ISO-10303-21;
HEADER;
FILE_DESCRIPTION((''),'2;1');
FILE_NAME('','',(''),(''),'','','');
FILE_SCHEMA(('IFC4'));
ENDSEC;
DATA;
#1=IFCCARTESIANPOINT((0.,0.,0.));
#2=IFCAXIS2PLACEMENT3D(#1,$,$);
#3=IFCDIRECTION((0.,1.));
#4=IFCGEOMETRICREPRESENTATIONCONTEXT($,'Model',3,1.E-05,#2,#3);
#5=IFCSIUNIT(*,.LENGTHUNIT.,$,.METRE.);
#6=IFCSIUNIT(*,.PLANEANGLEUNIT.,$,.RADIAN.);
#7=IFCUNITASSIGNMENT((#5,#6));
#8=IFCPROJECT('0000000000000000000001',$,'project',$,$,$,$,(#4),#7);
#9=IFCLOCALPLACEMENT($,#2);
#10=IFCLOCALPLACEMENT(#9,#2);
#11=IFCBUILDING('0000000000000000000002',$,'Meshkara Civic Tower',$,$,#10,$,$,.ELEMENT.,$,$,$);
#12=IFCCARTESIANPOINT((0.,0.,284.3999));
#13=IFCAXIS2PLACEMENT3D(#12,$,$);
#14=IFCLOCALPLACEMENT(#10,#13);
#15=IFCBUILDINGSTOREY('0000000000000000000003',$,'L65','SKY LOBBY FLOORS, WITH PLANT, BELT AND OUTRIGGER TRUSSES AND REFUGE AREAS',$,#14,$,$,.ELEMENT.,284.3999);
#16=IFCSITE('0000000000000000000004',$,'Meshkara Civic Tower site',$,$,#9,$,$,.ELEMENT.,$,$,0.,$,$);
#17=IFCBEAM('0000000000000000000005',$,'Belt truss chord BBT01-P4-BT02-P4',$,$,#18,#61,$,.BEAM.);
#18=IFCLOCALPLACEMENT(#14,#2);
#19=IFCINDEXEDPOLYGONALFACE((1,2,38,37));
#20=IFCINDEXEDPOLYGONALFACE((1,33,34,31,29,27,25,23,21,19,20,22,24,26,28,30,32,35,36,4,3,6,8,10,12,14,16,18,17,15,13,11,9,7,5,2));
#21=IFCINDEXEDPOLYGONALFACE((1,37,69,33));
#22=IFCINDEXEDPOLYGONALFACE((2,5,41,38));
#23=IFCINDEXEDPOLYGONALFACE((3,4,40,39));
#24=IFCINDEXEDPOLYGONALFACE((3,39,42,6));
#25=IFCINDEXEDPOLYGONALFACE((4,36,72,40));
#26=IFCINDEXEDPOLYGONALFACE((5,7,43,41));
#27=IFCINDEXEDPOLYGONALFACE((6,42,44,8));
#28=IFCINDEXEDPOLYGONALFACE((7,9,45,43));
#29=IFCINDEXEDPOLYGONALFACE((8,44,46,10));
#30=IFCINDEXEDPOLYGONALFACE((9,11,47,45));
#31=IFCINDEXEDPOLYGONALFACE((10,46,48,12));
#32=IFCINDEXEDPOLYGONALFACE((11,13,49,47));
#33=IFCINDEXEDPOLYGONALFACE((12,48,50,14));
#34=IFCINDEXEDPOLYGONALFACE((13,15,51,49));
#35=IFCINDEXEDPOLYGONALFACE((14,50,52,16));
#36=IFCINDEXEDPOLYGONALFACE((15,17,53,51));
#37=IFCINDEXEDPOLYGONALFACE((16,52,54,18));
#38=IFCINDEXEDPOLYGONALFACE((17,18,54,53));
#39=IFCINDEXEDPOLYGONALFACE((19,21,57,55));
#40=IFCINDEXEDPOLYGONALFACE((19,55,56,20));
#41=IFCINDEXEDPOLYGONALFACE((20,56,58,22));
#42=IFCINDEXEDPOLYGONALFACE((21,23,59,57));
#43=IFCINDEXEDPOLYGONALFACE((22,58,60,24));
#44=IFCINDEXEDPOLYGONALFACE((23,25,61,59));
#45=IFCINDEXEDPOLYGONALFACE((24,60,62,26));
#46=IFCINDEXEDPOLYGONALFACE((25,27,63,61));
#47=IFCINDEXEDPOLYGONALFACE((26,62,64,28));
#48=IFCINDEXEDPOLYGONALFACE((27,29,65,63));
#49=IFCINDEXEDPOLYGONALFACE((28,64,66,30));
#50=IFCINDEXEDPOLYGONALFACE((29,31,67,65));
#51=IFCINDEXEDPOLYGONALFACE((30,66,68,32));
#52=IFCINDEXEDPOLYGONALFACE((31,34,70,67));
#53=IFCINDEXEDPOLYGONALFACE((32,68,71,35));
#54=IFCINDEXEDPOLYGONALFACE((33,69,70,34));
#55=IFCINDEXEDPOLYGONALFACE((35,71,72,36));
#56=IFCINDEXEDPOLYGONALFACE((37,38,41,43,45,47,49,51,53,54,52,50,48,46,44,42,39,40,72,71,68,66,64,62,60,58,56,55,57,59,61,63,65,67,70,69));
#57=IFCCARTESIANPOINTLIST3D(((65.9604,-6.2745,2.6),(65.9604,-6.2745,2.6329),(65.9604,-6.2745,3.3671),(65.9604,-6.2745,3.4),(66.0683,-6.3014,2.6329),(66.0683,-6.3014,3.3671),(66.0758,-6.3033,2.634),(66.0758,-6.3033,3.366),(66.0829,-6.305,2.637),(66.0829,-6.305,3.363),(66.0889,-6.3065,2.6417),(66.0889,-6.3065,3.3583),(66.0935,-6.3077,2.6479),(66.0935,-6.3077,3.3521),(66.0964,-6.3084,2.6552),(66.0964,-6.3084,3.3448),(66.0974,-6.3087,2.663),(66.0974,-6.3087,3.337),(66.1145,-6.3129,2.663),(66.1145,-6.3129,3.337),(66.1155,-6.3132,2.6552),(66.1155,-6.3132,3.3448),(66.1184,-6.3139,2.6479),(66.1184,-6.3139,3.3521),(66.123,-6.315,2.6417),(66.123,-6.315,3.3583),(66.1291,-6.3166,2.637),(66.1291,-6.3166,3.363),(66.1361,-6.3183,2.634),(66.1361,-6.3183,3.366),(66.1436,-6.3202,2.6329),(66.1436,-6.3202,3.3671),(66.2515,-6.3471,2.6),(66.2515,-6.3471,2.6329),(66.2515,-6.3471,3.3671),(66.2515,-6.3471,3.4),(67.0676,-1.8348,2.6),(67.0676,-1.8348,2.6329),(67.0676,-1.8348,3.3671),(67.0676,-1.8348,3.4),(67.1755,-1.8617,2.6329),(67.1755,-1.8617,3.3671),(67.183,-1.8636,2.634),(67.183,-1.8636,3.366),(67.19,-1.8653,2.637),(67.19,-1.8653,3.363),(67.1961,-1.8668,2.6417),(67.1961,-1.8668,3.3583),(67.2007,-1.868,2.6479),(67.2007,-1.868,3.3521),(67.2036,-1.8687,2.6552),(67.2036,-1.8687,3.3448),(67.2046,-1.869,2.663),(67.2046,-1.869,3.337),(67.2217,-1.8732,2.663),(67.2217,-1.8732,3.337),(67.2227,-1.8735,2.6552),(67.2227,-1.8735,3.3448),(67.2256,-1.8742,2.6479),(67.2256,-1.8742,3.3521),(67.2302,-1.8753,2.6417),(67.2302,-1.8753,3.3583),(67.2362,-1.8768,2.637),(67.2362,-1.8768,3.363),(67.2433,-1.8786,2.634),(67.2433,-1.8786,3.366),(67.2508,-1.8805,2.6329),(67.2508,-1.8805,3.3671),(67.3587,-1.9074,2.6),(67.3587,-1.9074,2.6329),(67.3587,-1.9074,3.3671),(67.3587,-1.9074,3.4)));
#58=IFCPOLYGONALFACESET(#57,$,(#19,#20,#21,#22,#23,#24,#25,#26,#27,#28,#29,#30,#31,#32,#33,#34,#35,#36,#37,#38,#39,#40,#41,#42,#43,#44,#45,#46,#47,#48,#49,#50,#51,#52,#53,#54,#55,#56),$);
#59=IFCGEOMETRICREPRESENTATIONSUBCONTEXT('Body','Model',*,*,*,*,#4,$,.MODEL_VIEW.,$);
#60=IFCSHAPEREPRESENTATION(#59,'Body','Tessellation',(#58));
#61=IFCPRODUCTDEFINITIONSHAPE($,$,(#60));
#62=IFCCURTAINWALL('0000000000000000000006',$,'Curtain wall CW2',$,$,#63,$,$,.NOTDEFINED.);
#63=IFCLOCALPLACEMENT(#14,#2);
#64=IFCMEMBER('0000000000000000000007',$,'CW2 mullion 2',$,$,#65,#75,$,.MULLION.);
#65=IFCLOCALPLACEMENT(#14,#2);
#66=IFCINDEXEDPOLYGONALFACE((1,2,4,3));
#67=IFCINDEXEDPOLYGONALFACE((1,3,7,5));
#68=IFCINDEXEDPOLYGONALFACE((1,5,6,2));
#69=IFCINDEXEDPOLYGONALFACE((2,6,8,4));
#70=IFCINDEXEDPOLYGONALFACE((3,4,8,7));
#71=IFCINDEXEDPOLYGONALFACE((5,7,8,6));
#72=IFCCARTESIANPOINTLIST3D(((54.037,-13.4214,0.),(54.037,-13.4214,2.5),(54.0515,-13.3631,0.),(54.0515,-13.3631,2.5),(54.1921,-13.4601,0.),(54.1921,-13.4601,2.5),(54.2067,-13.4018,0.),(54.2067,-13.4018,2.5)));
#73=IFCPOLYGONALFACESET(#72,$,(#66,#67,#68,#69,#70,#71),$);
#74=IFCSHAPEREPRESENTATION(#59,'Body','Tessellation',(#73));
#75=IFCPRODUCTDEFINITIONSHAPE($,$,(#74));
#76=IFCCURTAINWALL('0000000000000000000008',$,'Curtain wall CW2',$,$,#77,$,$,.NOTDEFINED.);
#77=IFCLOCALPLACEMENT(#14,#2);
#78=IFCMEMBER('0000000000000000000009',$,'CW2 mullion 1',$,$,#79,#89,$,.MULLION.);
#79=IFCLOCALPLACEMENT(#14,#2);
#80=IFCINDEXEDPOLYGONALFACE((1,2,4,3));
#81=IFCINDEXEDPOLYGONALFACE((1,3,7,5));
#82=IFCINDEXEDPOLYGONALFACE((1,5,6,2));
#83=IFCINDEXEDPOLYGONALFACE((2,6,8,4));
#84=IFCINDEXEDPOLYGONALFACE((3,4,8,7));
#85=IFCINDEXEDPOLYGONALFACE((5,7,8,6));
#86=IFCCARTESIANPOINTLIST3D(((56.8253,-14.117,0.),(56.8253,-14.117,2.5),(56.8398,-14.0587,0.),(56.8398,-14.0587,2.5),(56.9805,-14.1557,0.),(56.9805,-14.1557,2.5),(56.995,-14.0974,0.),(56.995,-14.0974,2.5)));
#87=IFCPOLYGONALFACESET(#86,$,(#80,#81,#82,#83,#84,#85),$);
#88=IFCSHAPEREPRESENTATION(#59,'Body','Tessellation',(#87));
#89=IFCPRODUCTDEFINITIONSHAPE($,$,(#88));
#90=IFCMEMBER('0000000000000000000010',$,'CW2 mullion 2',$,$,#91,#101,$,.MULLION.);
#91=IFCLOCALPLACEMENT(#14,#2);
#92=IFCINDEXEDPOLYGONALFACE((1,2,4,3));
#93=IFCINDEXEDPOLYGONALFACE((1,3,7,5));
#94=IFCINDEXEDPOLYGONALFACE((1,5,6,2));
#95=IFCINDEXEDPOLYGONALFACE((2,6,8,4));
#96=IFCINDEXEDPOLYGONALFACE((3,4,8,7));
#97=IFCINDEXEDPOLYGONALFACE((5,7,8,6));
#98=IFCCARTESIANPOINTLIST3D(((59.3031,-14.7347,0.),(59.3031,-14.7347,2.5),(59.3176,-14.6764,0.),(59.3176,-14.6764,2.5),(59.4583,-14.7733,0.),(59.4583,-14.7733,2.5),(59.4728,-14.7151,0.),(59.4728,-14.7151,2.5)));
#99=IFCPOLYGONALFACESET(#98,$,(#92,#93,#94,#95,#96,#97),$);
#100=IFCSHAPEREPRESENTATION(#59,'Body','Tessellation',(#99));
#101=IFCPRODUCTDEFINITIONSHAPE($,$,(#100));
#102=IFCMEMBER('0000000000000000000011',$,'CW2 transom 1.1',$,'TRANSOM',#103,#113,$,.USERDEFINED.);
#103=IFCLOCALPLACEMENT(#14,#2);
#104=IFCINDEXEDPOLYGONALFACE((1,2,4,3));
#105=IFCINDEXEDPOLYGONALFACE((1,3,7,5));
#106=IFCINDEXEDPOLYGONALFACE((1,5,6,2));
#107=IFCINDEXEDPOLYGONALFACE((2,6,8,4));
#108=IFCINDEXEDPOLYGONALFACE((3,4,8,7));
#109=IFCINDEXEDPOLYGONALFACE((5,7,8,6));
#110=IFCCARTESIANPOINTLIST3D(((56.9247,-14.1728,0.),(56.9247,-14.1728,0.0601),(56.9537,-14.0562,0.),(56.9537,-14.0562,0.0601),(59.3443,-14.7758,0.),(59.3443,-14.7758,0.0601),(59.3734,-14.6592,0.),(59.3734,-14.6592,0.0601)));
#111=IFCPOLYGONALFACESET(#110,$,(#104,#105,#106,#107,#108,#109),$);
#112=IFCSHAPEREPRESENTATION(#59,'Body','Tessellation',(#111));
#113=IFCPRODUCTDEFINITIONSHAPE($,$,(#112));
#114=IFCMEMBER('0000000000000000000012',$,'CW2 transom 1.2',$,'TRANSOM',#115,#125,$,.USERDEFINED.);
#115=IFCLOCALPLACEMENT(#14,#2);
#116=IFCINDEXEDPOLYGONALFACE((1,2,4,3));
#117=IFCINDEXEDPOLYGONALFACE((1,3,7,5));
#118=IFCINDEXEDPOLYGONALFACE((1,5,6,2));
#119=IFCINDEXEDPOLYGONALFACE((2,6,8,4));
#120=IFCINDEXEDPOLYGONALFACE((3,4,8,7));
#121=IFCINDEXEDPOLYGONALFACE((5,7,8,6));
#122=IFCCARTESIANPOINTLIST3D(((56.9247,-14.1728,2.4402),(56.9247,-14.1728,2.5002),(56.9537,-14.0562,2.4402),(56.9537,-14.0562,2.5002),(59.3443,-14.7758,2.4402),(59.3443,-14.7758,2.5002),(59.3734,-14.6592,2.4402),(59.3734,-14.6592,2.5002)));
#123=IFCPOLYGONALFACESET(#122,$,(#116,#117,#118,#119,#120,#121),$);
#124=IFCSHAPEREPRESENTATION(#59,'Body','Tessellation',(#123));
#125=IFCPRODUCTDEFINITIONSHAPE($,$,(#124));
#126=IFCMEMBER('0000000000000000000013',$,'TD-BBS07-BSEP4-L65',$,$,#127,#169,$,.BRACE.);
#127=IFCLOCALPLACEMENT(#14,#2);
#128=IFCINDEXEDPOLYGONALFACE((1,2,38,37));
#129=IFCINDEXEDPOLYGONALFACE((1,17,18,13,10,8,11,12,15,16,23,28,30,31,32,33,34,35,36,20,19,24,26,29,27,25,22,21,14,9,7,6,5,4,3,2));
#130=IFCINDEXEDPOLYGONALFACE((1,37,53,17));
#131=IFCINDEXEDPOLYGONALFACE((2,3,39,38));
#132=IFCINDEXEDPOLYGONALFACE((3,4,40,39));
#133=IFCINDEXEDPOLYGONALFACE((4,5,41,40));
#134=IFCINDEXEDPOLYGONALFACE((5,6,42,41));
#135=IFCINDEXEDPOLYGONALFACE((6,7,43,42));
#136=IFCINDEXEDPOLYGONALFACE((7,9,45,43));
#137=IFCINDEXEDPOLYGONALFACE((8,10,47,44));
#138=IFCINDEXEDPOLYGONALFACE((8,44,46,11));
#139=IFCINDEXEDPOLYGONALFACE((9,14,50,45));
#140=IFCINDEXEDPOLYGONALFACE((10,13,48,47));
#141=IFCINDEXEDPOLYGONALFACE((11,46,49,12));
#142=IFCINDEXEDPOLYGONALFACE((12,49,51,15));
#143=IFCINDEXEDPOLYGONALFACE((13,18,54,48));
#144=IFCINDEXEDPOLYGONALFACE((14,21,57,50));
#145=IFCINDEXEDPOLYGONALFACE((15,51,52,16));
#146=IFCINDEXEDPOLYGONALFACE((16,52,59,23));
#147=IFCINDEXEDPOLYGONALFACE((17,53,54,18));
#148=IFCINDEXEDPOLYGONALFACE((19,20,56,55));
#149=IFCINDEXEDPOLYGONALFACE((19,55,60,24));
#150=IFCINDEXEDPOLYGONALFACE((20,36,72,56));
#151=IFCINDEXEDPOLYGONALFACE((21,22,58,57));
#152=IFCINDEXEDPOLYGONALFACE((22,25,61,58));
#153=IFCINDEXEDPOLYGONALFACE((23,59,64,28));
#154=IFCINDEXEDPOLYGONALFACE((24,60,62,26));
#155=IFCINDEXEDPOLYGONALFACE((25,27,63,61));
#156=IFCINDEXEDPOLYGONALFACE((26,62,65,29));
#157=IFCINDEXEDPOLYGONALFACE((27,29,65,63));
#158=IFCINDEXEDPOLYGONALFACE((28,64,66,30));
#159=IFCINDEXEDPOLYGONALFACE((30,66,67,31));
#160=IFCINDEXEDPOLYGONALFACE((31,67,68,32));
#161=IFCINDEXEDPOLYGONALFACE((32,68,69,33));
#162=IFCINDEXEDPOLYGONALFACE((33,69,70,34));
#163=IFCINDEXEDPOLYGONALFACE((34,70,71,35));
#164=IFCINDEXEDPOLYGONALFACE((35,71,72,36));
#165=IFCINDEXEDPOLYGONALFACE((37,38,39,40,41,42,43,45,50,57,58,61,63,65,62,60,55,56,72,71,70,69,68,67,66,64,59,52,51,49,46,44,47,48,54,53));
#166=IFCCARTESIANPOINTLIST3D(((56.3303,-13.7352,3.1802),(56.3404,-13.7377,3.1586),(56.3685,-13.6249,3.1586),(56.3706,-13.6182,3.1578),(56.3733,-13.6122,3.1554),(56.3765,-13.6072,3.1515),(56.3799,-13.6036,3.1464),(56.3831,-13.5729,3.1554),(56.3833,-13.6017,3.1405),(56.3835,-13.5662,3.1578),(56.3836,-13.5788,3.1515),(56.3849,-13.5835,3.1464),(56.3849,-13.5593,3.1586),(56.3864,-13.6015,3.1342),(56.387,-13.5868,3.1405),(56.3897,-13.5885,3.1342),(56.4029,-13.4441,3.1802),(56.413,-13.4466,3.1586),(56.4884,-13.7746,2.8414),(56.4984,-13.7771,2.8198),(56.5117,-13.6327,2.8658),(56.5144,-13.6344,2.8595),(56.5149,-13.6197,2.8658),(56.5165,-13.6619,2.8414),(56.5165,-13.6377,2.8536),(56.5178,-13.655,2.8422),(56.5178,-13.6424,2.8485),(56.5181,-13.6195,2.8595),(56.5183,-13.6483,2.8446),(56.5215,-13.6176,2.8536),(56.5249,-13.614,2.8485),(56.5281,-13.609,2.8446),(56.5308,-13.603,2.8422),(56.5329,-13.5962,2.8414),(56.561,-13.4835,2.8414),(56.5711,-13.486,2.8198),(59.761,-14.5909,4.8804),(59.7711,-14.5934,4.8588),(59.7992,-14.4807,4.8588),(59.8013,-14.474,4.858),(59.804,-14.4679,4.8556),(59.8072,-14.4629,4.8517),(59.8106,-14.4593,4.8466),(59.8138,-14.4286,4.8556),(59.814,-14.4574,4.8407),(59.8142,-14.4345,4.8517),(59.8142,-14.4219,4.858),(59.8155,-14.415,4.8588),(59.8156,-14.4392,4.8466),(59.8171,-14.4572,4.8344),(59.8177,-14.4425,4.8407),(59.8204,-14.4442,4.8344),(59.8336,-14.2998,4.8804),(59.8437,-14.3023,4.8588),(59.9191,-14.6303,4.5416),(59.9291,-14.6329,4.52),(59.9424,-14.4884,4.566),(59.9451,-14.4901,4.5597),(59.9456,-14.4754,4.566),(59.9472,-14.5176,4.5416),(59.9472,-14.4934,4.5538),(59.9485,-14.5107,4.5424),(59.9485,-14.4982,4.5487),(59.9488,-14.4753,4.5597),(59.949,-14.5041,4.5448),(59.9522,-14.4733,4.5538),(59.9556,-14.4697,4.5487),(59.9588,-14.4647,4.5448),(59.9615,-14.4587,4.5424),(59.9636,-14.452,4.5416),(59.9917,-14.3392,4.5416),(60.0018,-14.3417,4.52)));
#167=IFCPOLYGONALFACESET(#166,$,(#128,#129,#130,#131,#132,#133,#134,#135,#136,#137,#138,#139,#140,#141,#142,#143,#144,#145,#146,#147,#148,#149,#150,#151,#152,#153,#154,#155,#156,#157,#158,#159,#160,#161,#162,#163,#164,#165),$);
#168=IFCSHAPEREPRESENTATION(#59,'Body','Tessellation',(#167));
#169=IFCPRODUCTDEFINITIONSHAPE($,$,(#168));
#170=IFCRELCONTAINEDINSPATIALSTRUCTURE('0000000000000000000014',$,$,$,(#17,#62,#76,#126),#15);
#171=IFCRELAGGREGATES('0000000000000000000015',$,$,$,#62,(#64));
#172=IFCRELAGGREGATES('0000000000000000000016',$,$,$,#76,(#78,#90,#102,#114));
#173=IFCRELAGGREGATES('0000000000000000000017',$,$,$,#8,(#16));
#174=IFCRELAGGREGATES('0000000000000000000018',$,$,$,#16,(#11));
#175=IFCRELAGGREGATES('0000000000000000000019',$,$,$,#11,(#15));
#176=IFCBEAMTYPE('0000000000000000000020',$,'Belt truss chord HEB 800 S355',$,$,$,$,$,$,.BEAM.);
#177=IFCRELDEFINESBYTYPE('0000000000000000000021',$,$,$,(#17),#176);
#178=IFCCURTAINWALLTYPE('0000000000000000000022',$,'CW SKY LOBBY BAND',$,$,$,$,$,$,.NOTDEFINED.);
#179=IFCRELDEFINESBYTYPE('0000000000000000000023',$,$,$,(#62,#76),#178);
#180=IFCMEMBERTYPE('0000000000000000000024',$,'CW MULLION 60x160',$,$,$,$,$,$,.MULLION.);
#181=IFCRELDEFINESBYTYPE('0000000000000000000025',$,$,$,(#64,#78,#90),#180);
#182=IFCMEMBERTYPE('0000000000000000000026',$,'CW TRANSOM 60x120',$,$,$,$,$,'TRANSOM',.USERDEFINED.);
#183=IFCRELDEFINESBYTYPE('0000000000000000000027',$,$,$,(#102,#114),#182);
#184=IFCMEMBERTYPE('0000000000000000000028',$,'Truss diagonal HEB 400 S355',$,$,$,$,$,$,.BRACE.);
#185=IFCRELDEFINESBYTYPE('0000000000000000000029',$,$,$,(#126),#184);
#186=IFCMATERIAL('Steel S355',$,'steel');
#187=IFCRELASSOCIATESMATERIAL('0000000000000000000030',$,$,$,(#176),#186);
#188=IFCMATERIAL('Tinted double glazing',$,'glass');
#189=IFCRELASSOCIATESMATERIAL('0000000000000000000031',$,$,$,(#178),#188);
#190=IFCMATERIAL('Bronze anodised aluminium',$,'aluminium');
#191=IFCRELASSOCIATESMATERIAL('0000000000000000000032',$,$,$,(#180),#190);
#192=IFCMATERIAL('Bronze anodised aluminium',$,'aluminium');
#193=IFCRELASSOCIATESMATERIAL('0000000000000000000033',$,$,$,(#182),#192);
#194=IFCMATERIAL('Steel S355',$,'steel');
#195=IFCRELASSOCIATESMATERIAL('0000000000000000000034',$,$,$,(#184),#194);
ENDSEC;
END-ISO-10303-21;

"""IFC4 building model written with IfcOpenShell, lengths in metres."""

from ifc_helpers import new_model, si_unit, direction, frame, origin, origin_2d, place, context, subcontext, project, spatial, rectangle, i_section, extrude, material, material_profile, profile_set, type_object, element, aggregate, save


model = new_model("IFC4")

# Units and contexts
model_context = context("Model", 3, precision=1e-05, world=origin(), true_north=direction((0.0, 1.0)))
body_context = subcontext(model_context, "Body", "Model", "MODEL_VIEW")
ifc_project = project(units=[si_unit("LENGTHUNIT", "METRE"), si_unit("PLANEANGLEUNIT", "RADIAN")], contexts=[model_context])

# Site, building, storey
site_placement = place(None, origin())
site = spatial("IfcSite", under=ifc_project, at=site_placement, Name="Meshkara Civic Tower site", CompositionType="ELEMENT", RefElevation=0.0)
building_placement = place(site_placement, origin())
building = spatial("IfcBuilding", under=site, at=building_placement, Name="Meshkara Civic Tower", CompositionType="ELEMENT")
storey_placement = place(building_placement, frame((0.0, 0.0, 284.3999)))
storey = spatial("IfcBuildingStorey", under=building, at=storey_placement, Name="L65", Description="SKY LOBBY FLOORS, WITH PLANT, BELT AND OUTRIGGER TRUSSES AND REFUGE AREAS", CompositionType="ELEMENT", Elevation=284.3999)

# Beam
ifc_material_1 = material(Name="Steel S355", Category="steel")
ifc_material_profile_1 = material_profile(ifc_material_1, i_section(OverallWidth=0.3, OverallDepth=0.8, WebThickness=0.0176, FlangeThickness=0.033, FilletRadius=0.03, at=origin_2d()))
ifc_profile_set_1 = profile_set([ifc_material_profile_1], Name="Steel S355")
beam_type = type_object("IfcBeamType", Name="Belt truss chord HEB 800 S355", PredefinedType="BEAM", material=ifc_profile_set_1)
for number, where, z_axis, x_axis, name in (
    (1, (66.106, -6.3108, 3.0), (0.241971, 0.970284, 0.0), (-0.970284, 0.241971, 0.0), "Belt truss chord BBT01-P4-BT02-P4"),
):
    element("IfcBeam", number, at=place(storey_placement, frame(where, z_axis=z_axis, x_axis=x_axis)), inside=storey, type_object=beam_type, Name=name, PredefinedType="BEAM", context=body_context, shape_type="SweptSolid", body=[
        extrude(i_section(OverallWidth=0.3, OverallDepth=0.8, WebThickness=0.0176, FlangeThickness=0.033, FilletRadius=0.03, at=origin_2d()), origin(), (0.0, 0.0, 1.0), 4.5757),
    ])

# Curtain wall, member
ifc_material_2 = material(Name="Tinted double glazing", Category="glass")
curtain_wall_type = type_object("IfcCurtainWallType", Name="CW SKY LOBBY BAND", PredefinedType="NOTDEFINED", material=ifc_material_2)
curtain_wall_1_placement = place(storey_placement, origin())
curtain_wall_1 = element("IfcCurtainWall", 2, at=curtain_wall_1_placement, inside=storey, type_object=curtain_wall_type, Name="Curtain wall CW2", PredefinedType="NOTDEFINED")
ifc_material_3 = material(Name="Bronze anodised aluminium", Category="aluminium")
ifc_material_profile_2 = material_profile(ifc_material_3, rectangle(XDim=0.0601, YDim=0.1599, at=origin_2d()))
ifc_profile_set_2 = profile_set([ifc_material_profile_2], Name="Bronze anodised aluminium")
member_type_1 = type_object("IfcMemberType", Name="CW MULLION 60x160", PredefinedType="MULLION", material=ifc_profile_set_2)
member_1_placement = place(storey_placement, frame((54.1218, -13.4116, 0.0), z_axis=(0.0, 0.0, 1.0), x_axis=(0.241951, 0.970288, 0.0)))
member_1 = element("IfcMember", 3, at=member_1_placement, type_object=member_type_1, Name="CW2 mullion 2", PredefinedType="MULLION", context=body_context, shape_type="SweptSolid", body=[
    extrude(rectangle(XDim=0.0601, YDim=0.1599, at=origin_2d()), origin(), (0.0, 0.0, 1.0), 2.5),
])
aggregate(curtain_wall_1, [member_1])

# Curtain wall, members
curtain_wall_2_placement = place(storey_placement, origin())
curtain_wall_2 = element("IfcCurtainWall", 4, at=curtain_wall_2_placement, inside=storey, type_object=curtain_wall_type, Name="Curtain wall CW2", PredefinedType="NOTDEFINED")
member_2_placement = place(storey_placement, frame((56.9102, -14.1072, 0.0), z_axis=(0.0, 0.0, 1.0), x_axis=(0.241815, 0.970322, 0.0)))
member_2 = element("IfcMember", 5, at=member_2_placement, type_object=member_type_1, Name="CW2 mullion 1", PredefinedType="MULLION", context=body_context, shape_type="SweptSolid", body=[
    extrude(rectangle(XDim=0.0601, YDim=0.1599, at=origin_2d()), origin(), (0.0, 0.0, 1.0), 2.5),
])
member_3_placement = place(storey_placement, frame((59.3879, -14.7249, 0.0), z_axis=(0.0, 0.0, 1.0), x_axis=(0.241815, 0.970322, 0.0)))
member_3 = element("IfcMember", 6, at=member_3_placement, type_object=member_type_1, Name="CW2 mullion 2", PredefinedType="MULLION", context=body_context, shape_type="SweptSolid", body=[
    extrude(rectangle(XDim=0.0601, YDim=0.1599, at=origin_2d()), origin(), (0.0, 0.0, 1.0), 2.5),
])
ifc_material_4 = material(Name="Bronze anodised aluminium", Category="aluminium")
ifc_material_profile_3 = material_profile(ifc_material_4, rectangle(XDim=0.1201, YDim=0.0601, at=origin_2d()))
ifc_profile_set_3 = profile_set([ifc_material_profile_3], Name="Bronze anodised aluminium")
member_type_2 = type_object("IfcMemberType", Name="CW TRANSOM 60x120", ElementType="TRANSOM", PredefinedType="USERDEFINED", material=ifc_profile_set_3)
member_4_placement = place(storey_placement, frame((56.9392, -14.1145, 0.03), z_axis=(0.970321, -0.241821, 0.0), x_axis=(0.241821, 0.970321, 0.0)))
member_4 = element("IfcMember", 7, at=member_4_placement, type_object=member_type_2, Name="CW2 transom 1.1", ObjectType="TRANSOM", PredefinedType="USERDEFINED", context=body_context, shape_type="SweptSolid", body=[
    extrude(rectangle(XDim=0.1201, YDim=0.0601, at=origin_2d()), origin(), (0.0, 0.0, 1.0), 2.4937),
])
member_5_placement = place(storey_placement, frame((56.9392, -14.1145, 2.4702), z_axis=(0.970321, -0.241821, 0.0), x_axis=(0.241821, 0.970321, 0.0)))
member_5 = element("IfcMember", 8, at=member_5_placement, type_object=member_type_2, Name="CW2 transom 1.2", ObjectType="TRANSOM", PredefinedType="USERDEFINED", context=body_context, shape_type="SweptSolid", body=[
    extrude(rectangle(XDim=0.1201, YDim=0.0601, at=origin_2d()), origin(), (0.0, 0.0, 1.0), 2.4937),
])

# Member
ifc_material_5 = material(Name="Steel S355", Category="steel")
ifc_material_profile_4 = material_profile(ifc_material_5, i_section(OverallWidth=0.3, OverallDepth=0.3999, WebThickness=0.0134, FlangeThickness=0.0239, FilletRadius=0.0271, at=origin_2d()))
ifc_profile_set_4 = profile_set([ifc_material_profile_4], Name="Steel S355")
member_type_3 = type_object("IfcMemberType", Name="Truss diagonal HEB 400 S355", PredefinedType="BRACE", material=ifc_profile_set_4)
member_6_placement = place(storey_placement, frame((56.4507, -13.6106, 3.0), z_axis=(0.874431, -0.21811, 0.433357), x_axis=(0.242016, 0.970272, 0.0)))
element("IfcMember", 9, at=member_6_placement, inside=storey, type_object=member_type_3, Name="TD-BBS07-BSEP4-L65", PredefinedType="BRACE", context=body_context, shape_type="SweptSolid", body=[
    extrude(i_section(OverallWidth=0.3, OverallDepth=0.3999, WebThickness=0.0134, FlangeThickness=0.0239, FilletRadius=0.0271, at=origin_2d()), origin(), (0.0, 0.0, 1.0), 3.9233),
])

aggregate(curtain_wall_2, [member_2, member_3, member_4, member_5])

save(model, "model.ifc")
